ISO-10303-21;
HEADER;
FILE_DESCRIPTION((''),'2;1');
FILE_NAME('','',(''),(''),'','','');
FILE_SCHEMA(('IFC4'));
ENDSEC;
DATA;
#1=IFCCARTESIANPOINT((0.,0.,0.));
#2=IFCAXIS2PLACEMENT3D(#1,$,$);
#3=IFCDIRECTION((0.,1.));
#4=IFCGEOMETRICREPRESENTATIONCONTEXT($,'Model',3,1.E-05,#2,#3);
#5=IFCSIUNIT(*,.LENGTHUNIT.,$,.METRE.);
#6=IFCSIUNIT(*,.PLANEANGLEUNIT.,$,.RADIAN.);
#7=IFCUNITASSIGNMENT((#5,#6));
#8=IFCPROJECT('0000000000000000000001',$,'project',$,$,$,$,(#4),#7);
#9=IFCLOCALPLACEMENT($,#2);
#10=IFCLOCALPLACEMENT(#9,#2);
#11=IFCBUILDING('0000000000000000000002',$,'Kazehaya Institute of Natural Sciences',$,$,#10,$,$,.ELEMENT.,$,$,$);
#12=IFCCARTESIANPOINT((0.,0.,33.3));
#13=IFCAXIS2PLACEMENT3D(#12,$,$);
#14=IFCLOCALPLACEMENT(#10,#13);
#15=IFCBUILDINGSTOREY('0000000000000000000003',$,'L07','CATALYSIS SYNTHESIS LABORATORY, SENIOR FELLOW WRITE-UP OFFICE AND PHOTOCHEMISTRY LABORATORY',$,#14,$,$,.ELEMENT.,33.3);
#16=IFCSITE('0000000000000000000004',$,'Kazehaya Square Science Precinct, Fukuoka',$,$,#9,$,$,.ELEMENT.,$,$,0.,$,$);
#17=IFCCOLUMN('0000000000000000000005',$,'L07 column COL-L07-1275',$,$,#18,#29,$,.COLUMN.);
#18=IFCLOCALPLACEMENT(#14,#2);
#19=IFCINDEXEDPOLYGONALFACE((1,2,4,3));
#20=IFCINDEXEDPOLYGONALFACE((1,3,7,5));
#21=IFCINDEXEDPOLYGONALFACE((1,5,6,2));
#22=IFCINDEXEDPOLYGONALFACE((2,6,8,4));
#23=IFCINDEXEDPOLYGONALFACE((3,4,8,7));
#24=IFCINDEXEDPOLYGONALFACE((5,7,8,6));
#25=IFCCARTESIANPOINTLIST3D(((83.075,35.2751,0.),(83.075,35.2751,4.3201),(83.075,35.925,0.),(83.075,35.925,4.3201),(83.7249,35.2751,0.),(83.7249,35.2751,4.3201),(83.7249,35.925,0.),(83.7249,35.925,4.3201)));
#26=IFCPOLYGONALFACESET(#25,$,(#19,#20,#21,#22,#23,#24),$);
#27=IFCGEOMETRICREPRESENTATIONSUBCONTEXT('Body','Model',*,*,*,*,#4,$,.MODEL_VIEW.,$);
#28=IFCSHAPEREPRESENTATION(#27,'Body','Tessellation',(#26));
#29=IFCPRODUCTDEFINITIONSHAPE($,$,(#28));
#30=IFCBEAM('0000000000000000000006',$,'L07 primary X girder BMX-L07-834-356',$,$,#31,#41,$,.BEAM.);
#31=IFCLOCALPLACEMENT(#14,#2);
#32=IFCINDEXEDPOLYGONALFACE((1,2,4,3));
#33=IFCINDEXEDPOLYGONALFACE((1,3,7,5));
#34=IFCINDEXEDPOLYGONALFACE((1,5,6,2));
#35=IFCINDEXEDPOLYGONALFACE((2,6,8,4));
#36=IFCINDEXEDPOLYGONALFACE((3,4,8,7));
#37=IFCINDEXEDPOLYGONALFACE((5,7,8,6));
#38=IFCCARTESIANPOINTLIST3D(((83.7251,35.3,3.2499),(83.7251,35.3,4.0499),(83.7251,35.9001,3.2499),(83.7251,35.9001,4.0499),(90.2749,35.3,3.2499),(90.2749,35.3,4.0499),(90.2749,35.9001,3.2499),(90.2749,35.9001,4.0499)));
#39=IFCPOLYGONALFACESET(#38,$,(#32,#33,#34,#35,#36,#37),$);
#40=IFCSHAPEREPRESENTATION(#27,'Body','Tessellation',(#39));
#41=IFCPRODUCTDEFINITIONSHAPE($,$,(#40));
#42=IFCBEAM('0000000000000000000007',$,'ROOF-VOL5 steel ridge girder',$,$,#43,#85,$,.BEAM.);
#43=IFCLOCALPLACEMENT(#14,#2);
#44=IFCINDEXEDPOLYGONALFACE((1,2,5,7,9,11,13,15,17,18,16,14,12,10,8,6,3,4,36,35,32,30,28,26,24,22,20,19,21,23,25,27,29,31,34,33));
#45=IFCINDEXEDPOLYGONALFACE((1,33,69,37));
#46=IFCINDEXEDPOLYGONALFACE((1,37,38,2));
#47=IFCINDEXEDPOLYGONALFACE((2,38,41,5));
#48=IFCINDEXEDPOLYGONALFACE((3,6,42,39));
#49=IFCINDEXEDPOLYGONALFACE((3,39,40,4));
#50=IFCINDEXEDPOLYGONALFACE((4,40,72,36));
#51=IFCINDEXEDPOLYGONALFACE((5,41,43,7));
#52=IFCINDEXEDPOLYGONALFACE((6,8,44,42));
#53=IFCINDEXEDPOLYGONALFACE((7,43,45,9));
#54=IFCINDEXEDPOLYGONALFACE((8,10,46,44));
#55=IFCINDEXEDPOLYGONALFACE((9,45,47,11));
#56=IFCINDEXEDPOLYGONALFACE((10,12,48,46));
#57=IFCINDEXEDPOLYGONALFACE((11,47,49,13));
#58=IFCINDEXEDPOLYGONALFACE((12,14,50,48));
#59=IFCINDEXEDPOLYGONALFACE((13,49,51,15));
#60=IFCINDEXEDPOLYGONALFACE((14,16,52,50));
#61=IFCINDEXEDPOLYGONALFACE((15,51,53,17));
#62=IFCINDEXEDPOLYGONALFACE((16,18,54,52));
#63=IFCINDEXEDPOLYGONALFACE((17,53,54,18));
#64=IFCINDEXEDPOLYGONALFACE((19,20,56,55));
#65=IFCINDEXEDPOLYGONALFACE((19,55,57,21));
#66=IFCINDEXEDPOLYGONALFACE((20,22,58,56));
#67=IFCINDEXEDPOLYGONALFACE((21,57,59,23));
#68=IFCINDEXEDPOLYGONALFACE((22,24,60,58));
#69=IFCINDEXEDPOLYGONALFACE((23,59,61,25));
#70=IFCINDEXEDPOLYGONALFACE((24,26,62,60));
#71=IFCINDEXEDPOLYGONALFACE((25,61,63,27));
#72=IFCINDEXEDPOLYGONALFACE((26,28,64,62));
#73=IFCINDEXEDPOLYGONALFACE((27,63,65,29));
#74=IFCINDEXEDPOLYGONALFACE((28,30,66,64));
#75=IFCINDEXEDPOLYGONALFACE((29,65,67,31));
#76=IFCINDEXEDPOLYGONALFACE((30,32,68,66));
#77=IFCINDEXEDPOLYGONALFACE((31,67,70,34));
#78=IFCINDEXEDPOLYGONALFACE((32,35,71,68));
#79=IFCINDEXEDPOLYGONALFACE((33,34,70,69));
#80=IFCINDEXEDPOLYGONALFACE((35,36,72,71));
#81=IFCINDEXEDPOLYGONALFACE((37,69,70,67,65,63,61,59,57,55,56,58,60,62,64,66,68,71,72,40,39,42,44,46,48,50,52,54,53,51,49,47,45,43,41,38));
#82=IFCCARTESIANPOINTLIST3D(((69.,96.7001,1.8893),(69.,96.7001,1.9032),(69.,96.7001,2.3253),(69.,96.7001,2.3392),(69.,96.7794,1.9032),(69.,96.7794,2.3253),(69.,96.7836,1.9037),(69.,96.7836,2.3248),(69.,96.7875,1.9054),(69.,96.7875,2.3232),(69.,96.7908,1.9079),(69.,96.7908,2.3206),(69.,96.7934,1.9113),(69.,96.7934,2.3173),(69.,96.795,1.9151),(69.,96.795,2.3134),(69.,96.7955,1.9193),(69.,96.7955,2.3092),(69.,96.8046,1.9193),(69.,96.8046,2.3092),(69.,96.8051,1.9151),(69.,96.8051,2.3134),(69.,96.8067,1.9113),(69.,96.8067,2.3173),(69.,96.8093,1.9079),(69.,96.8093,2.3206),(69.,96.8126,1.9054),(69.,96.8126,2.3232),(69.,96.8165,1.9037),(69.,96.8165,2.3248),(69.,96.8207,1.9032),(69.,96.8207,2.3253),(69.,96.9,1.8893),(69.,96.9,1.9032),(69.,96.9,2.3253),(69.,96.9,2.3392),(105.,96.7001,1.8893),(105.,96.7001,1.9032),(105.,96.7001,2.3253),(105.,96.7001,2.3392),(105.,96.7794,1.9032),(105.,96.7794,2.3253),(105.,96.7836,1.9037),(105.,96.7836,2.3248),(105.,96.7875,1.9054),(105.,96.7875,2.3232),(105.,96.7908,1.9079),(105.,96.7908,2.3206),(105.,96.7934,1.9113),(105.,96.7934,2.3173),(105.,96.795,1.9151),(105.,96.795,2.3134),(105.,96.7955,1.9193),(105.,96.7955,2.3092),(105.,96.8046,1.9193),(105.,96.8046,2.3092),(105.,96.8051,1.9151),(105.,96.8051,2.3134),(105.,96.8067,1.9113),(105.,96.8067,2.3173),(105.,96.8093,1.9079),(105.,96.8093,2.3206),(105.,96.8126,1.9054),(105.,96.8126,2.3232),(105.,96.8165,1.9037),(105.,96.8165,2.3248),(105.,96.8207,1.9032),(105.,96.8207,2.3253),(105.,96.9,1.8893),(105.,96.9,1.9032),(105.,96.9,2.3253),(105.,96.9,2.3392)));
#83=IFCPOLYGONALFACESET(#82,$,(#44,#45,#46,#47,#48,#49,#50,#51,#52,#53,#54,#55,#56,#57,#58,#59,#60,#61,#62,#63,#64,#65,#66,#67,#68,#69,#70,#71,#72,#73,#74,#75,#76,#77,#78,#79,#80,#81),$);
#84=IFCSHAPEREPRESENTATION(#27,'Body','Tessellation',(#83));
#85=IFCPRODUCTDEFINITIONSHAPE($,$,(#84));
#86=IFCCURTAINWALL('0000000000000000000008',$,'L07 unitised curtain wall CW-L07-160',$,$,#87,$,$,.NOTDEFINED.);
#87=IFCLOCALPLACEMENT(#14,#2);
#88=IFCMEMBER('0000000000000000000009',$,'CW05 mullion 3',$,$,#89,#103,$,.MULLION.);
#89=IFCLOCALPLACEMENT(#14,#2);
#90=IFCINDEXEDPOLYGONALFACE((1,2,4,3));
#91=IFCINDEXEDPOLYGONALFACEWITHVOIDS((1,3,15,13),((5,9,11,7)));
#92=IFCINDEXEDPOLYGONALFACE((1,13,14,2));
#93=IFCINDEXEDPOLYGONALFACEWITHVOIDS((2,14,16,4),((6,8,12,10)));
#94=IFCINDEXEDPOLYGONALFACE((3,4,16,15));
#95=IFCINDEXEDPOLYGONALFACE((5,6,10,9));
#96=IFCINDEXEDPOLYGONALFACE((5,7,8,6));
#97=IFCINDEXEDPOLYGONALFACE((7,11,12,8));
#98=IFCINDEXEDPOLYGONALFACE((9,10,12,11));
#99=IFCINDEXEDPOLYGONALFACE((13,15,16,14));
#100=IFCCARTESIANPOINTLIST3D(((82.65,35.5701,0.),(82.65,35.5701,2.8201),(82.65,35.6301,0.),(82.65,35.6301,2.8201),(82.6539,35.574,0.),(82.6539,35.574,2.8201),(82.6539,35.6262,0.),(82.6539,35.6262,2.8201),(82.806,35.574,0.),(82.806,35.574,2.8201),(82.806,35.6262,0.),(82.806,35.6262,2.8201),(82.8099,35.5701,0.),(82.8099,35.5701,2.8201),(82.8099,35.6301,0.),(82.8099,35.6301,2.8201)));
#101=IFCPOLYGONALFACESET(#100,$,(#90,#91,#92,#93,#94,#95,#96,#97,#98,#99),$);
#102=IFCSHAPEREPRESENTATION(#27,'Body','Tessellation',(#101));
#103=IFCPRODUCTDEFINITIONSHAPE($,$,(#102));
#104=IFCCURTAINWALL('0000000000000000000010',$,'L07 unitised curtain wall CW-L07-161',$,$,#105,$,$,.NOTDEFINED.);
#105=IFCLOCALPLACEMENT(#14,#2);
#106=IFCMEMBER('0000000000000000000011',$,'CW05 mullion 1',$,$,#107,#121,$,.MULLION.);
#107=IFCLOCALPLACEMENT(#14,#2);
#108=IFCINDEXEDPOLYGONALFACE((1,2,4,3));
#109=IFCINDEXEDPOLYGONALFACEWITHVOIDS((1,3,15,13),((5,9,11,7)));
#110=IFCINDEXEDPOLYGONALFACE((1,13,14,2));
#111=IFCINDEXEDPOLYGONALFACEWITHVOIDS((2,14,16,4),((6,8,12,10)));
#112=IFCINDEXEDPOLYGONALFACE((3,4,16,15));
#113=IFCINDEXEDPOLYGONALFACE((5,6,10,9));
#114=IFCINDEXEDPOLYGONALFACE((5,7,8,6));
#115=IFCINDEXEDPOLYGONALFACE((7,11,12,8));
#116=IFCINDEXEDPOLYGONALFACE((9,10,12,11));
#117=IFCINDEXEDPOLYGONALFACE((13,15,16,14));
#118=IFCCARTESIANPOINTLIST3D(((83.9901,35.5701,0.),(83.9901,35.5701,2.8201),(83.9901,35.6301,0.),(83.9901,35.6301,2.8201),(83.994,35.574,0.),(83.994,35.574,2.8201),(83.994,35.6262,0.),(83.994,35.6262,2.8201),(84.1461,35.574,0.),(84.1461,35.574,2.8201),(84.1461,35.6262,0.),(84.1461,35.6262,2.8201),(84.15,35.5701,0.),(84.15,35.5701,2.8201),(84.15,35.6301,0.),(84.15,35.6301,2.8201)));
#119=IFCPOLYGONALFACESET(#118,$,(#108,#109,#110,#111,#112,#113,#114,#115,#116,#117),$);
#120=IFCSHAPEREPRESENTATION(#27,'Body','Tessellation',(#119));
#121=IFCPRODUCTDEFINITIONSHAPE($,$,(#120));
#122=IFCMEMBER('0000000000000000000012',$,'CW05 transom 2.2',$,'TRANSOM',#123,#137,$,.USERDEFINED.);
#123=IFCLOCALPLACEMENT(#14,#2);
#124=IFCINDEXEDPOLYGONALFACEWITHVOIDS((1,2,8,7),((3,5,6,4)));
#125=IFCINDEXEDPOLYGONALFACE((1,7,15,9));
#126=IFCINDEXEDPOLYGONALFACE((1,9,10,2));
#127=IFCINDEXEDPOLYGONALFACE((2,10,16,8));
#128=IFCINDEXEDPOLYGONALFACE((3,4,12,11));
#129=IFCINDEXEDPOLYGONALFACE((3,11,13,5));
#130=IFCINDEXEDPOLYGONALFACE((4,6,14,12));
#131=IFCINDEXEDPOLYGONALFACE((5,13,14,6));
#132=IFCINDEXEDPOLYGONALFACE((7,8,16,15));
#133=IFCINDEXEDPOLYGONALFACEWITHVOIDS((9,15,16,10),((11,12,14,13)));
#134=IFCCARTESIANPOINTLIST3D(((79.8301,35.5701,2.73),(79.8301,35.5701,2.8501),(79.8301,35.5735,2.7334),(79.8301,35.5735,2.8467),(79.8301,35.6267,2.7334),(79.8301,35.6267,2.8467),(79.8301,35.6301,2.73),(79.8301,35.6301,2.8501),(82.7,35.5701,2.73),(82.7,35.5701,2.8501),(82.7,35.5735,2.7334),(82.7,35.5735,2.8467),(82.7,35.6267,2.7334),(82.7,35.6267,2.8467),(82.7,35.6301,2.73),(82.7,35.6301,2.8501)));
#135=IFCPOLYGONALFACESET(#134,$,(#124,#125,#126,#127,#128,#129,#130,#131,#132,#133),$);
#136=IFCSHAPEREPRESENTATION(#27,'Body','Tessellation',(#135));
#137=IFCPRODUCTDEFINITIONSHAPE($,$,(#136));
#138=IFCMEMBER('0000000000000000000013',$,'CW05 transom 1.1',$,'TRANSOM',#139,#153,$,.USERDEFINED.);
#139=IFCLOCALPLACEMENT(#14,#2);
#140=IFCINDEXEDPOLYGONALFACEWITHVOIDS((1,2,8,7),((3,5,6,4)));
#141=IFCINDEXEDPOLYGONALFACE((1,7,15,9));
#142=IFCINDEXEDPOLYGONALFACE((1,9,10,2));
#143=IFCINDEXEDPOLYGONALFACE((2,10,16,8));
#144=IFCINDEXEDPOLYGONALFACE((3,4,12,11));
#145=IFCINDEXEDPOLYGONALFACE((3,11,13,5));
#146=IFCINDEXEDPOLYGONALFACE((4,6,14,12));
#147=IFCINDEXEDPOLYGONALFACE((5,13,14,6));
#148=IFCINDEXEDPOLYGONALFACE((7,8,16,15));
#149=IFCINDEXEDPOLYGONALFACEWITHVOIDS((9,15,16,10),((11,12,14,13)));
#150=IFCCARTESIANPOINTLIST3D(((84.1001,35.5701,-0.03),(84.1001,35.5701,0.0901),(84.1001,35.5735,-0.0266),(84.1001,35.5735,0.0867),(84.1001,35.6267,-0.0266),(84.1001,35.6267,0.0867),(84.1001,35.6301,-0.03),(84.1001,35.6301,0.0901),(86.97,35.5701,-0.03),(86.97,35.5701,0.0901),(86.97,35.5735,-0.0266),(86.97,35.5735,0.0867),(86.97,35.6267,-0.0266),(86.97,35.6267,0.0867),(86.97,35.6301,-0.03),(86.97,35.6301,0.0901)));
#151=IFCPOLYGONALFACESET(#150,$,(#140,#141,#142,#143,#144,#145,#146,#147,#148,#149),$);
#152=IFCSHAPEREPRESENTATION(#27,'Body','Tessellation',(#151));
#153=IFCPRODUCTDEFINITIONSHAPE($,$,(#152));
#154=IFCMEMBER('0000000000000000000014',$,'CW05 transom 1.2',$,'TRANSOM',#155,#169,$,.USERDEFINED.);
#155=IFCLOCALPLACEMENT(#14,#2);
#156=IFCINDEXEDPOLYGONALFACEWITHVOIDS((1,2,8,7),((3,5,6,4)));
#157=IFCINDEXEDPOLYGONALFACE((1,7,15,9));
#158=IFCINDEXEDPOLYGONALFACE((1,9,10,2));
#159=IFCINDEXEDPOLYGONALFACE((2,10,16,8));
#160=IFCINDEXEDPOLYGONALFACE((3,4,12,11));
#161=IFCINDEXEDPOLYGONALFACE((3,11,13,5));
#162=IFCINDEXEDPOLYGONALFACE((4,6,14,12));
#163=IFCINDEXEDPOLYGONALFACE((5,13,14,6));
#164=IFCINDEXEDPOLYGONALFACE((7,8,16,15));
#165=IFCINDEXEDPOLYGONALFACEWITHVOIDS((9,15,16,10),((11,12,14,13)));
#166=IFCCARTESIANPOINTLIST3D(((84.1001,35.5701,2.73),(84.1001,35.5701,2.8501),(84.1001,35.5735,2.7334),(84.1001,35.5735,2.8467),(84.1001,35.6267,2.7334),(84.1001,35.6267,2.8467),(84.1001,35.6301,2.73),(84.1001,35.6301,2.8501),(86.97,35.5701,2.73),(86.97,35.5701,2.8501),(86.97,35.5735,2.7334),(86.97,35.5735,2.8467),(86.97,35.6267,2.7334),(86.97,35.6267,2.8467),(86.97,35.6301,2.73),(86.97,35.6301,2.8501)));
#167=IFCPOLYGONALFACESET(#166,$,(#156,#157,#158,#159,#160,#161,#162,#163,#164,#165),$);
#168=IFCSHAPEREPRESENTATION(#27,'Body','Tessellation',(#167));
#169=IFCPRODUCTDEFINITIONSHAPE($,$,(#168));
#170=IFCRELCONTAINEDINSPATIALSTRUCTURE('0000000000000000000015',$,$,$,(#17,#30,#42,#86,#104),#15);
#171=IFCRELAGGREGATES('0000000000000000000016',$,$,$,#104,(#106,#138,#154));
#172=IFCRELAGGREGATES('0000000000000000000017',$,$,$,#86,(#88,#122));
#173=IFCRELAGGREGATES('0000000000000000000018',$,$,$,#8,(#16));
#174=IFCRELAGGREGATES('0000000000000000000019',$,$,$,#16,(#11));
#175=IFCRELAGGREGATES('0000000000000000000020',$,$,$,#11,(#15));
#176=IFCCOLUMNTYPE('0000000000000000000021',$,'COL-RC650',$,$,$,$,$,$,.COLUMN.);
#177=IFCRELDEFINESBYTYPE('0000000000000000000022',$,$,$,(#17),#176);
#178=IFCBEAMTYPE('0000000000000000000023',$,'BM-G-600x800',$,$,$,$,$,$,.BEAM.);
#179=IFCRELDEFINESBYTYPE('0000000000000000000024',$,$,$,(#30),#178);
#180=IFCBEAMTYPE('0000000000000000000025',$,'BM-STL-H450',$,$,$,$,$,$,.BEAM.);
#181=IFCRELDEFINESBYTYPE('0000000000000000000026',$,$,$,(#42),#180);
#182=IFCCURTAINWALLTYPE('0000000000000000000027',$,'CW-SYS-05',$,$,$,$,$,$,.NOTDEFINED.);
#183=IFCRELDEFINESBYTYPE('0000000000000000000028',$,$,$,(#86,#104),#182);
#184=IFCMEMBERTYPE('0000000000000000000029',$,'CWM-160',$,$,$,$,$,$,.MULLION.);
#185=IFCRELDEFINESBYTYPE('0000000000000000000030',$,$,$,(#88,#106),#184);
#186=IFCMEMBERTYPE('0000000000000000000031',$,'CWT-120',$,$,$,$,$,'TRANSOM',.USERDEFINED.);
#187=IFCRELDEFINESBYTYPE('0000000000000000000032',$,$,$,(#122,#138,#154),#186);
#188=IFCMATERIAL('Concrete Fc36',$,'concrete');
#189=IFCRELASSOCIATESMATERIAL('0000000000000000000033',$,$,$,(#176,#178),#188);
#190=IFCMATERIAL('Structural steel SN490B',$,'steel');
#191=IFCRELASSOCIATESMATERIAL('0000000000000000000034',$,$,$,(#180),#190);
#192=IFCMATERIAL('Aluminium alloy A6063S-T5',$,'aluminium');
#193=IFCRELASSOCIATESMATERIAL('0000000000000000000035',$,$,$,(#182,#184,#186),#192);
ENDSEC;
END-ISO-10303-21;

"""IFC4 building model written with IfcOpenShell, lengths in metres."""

from ifc_helpers import new_model, si_unit, direction, frame, origin, origin_2d, place, context, subcontext, project, spatial, rectangle, hollow_rectangle, i_section, extrude, material, material_profile, profile_set, type_object, element, aggregate, save


model = new_model("IFC4")

# Units and contexts
model_context = context("Model", 3, precision=1e-05, world=origin(), true_north=direction((0.0, 1.0)))
body_context = subcontext(model_context, "Body", "Model", "MODEL_VIEW")
ifc_project = project(units=[si_unit("LENGTHUNIT", "METRE"), si_unit("PLANEANGLEUNIT", "RADIAN")], contexts=[model_context])

# Site, building, storey
site_placement = place(None, origin())
site = spatial("IfcSite", under=ifc_project, at=site_placement, Name="Kazehaya Square Science Precinct, Fukuoka", CompositionType="ELEMENT", RefElevation=0.0)
building_placement = place(site_placement, origin())
building = spatial("IfcBuilding", under=site, at=building_placement, Name="Kazehaya Institute of Natural Sciences", CompositionType="ELEMENT")
storey_placement = place(building_placement, frame((0.0, 0.0, 33.3)))
storey = spatial("IfcBuildingStorey", under=building, at=storey_placement, Name="L07", Description="CATALYSIS SYNTHESIS LABORATORY, SENIOR FELLOW WRITE-UP OFFICE AND PHOTOCHEMISTRY LABORATORY", CompositionType="ELEMENT", Elevation=33.3)

# Column
ifc_material_1 = material(Name="Concrete Fc36", Category="concrete")
ifc_material_profile_1 = material_profile(ifc_material_1, rectangle(XDim=0.6499, YDim=0.6499, at=origin_2d()), Name="RC-650x650")
ifc_profile_set_1 = profile_set([ifc_material_profile_1], Name="Concrete Fc36")
column_type = type_object("IfcColumnType", Name="COL-RC650", PredefinedType="COLUMN", material=ifc_profile_set_1)
column_placement = place(storey_placement, frame((83.3999, 35.6001, 0.0), z_axis=(0.0, 0.0, 1.0), x_axis=(1.0, 0.0, 0.0)))
element("IfcColumn", 1, at=column_placement, inside=storey, type_object=column_type, Name="L07 column COL-L07-1275", PredefinedType="COLUMN", context=body_context, shape_type="SweptSolid", body=[
    extrude(rectangle(XDim=0.6499, YDim=0.6499, at=origin_2d()), origin(), (0.0, 0.0, 1.0), 4.3201),
])

# Beams
ifc_material_profile_2 = material_profile(ifc_material_1, rectangle(XDim=0.6001, YDim=0.8, at=origin_2d()), Name="RC-600x800")
ifc_profile_set_2 = profile_set([ifc_material_profile_2], Name="Concrete Fc36")
beam_type_1 = type_object("IfcBeamType", Name="BM-G-600x800", PredefinedType="BEAM", material=ifc_profile_set_2)
beam_1_placement = place(storey_placement, frame((83.7251, 35.6001, 3.6499), z_axis=(1.0, 0.0, 0.0), x_axis=(0.0, 1.0, 0.0)))
element("IfcBeam", 2, at=beam_1_placement, inside=storey, type_object=beam_type_1, Name="L07 primary X girder BMX-L07-834-356", PredefinedType="BEAM", context=body_context, shape_type="SweptSolid", body=[
    extrude(rectangle(XDim=0.6001, YDim=0.8, at=origin_2d()), origin(), (0.0, 0.0, 1.0), 6.5498),
])
ifc_material_2 = material(Name="Structural steel SN490B", Category="steel")
ifc_material_profile_3 = material_profile(ifc_material_2, i_section(OverallWidth=0.2, OverallDepth=0.45, WebThickness=0.009, FlangeThickness=0.0139, FilletRadius=0.0161, at=origin_2d()), Name="H-450x200x9x14")
ifc_profile_set_3 = profile_set([ifc_material_profile_3], Name="Structural steel SN490B")
beam_type_2 = type_object("IfcBeamType", Name="BM-STL-H450", PredefinedType="BEAM", material=ifc_profile_set_3)
beam_2_placement = place(storey_placement, frame((69.0, 96.8, 2.1143), z_axis=(1.0, 0.0, 0.0), x_axis=(0.0, 1.0, 0.0)))
element("IfcBeam", 3, at=beam_2_placement, inside=storey, type_object=beam_type_2, Name="ROOF-VOL5 steel ridge girder", PredefinedType="BEAM", context=body_context, shape_type="SweptSolid", body=[
    extrude(i_section(OverallWidth=0.2, OverallDepth=0.45, WebThickness=0.009, FlangeThickness=0.0139, FilletRadius=0.0161, at=origin_2d()), origin(), (0.0, 0.0, 1.0), 36.0),
])

# Curtain walls, members
ifc_material_3 = material(Name="Aluminium alloy A6063S-T5", Category="aluminium")
curtain_wall_type = type_object("IfcCurtainWallType", Name="CW-SYS-05", PredefinedType="NOTDEFINED", material=ifc_material_3)
curtain_wall_1_placement = place(storey_placement, origin())
curtain_wall_1 = element("IfcCurtainWall", 4, at=curtain_wall_1_placement, inside=storey, type_object=curtain_wall_type, Name="L07 unitised curtain wall CW-L07-160", PredefinedType="NOTDEFINED")
ifc_material_profile_4 = material_profile(ifc_material_3, hollow_rectangle(XDim=0.0601, YDim=0.1599, WallThickness=0.0039, at=origin_2d()), Name="ALU-60x160x4")
ifc_profile_set_4 = profile_set([ifc_material_profile_4], Name="Aluminium alloy A6063S-T5")
member_type_1 = type_object("IfcMemberType", Name="CWM-160", PredefinedType="MULLION", material=ifc_profile_set_4)
member_1_placement = place(storey_placement, frame((82.73, 35.6001, 0.0), z_axis=(0.0, 0.0, 1.0), x_axis=(0.0, 1.0, 0.0)))
member_1 = element("IfcMember", 5, at=member_1_placement, type_object=member_type_1, Name="CW05 mullion 3", PredefinedType="MULLION", context=body_context, shape_type="SweptSolid", body=[
    extrude(hollow_rectangle(XDim=0.0601, YDim=0.1599, WallThickness=0.0039, at=origin_2d()), origin(), (0.0, 0.0, 1.0), 2.8201),
])
curtain_wall_2_placement = place(storey_placement, origin())
curtain_wall_2 = element("IfcCurtainWall", 6, at=curtain_wall_2_placement, inside=storey, type_object=curtain_wall_type, Name="L07 unitised curtain wall CW-L07-161", PredefinedType="NOTDEFINED")
member_2_placement = place(storey_placement, frame((84.0701, 35.6001, 0.0), z_axis=(0.0, 0.0, 1.0), x_axis=(0.0, 1.0, 0.0)))
member_2 = element("IfcMember", 7, at=member_2_placement, type_object=member_type_1, Name="CW05 mullion 1", PredefinedType="MULLION", context=body_context, shape_type="SweptSolid", body=[
    extrude(hollow_rectangle(XDim=0.0601, YDim=0.1599, WallThickness=0.0039, at=origin_2d()), origin(), (0.0, 0.0, 1.0), 2.8201),
])

# Members
ifc_material_profile_5 = material_profile(ifc_material_3, hollow_rectangle(XDim=0.0601, YDim=0.1201, WallThickness=0.0034, at=origin_2d()), Name="ALU-60x120x3.5")
ifc_profile_set_5 = profile_set([ifc_material_profile_5], Name="Aluminium alloy A6063S-T5")
member_type_2 = type_object("IfcMemberType", Name="CWT-120", ElementType="TRANSOM", PredefinedType="USERDEFINED", material=ifc_profile_set_5)
member_3_placement = place(storey_placement, frame((79.8301, 35.6001, 2.79), z_axis=(1.0, 0.0, 0.0), x_axis=(0.0, 1.0, 0.0)))
member_3 = element("IfcMember", 8, at=member_3_placement, type_object=member_type_2, Name="CW05 transom 2.2", ObjectType="TRANSOM", PredefinedType="USERDEFINED", context=body_context, shape_type="SweptSolid", body=[
    extrude(hollow_rectangle(XDim=0.0601, YDim=0.1201, WallThickness=0.0034, at=origin_2d()), origin(), (0.0, 0.0, 1.0), 2.8699),
])
member_4_placement = place(storey_placement, frame((84.1001, 35.6001, 0.03), z_axis=(1.0, 0.0, 0.0), x_axis=(0.0, 1.0, 0.0)))
member_4 = element("IfcMember", 9, at=member_4_placement, type_object=member_type_2, Name="CW05 transom 1.1", ObjectType="TRANSOM", PredefinedType="USERDEFINED", context=body_context, shape_type="SweptSolid", body=[
    extrude(hollow_rectangle(XDim=0.0601, YDim=0.1201, WallThickness=0.0034, at=origin_2d()), origin(), (0.0, 0.0, 1.0), 2.8699),
])
member_5_placement = place(storey_placement, frame((84.1001, 35.6001, 2.79), z_axis=(1.0, 0.0, 0.0), x_axis=(0.0, 1.0, 0.0)))
member_5 = element("IfcMember", 10, at=member_5_placement, type_object=member_type_2, Name="CW05 transom 1.2", ObjectType="TRANSOM", PredefinedType="USERDEFINED", context=body_context, shape_type="SweptSolid", body=[
    extrude(hollow_rectangle(XDim=0.0601, YDim=0.1201, WallThickness=0.0034, at=origin_2d()), origin(), (0.0, 0.0, 1.0), 2.8699),
])
aggregate(curtain_wall_2, [member_2, member_4, member_5])

aggregate(curtain_wall_1, [member_1, member_3])

save(model, "model.ifc")
